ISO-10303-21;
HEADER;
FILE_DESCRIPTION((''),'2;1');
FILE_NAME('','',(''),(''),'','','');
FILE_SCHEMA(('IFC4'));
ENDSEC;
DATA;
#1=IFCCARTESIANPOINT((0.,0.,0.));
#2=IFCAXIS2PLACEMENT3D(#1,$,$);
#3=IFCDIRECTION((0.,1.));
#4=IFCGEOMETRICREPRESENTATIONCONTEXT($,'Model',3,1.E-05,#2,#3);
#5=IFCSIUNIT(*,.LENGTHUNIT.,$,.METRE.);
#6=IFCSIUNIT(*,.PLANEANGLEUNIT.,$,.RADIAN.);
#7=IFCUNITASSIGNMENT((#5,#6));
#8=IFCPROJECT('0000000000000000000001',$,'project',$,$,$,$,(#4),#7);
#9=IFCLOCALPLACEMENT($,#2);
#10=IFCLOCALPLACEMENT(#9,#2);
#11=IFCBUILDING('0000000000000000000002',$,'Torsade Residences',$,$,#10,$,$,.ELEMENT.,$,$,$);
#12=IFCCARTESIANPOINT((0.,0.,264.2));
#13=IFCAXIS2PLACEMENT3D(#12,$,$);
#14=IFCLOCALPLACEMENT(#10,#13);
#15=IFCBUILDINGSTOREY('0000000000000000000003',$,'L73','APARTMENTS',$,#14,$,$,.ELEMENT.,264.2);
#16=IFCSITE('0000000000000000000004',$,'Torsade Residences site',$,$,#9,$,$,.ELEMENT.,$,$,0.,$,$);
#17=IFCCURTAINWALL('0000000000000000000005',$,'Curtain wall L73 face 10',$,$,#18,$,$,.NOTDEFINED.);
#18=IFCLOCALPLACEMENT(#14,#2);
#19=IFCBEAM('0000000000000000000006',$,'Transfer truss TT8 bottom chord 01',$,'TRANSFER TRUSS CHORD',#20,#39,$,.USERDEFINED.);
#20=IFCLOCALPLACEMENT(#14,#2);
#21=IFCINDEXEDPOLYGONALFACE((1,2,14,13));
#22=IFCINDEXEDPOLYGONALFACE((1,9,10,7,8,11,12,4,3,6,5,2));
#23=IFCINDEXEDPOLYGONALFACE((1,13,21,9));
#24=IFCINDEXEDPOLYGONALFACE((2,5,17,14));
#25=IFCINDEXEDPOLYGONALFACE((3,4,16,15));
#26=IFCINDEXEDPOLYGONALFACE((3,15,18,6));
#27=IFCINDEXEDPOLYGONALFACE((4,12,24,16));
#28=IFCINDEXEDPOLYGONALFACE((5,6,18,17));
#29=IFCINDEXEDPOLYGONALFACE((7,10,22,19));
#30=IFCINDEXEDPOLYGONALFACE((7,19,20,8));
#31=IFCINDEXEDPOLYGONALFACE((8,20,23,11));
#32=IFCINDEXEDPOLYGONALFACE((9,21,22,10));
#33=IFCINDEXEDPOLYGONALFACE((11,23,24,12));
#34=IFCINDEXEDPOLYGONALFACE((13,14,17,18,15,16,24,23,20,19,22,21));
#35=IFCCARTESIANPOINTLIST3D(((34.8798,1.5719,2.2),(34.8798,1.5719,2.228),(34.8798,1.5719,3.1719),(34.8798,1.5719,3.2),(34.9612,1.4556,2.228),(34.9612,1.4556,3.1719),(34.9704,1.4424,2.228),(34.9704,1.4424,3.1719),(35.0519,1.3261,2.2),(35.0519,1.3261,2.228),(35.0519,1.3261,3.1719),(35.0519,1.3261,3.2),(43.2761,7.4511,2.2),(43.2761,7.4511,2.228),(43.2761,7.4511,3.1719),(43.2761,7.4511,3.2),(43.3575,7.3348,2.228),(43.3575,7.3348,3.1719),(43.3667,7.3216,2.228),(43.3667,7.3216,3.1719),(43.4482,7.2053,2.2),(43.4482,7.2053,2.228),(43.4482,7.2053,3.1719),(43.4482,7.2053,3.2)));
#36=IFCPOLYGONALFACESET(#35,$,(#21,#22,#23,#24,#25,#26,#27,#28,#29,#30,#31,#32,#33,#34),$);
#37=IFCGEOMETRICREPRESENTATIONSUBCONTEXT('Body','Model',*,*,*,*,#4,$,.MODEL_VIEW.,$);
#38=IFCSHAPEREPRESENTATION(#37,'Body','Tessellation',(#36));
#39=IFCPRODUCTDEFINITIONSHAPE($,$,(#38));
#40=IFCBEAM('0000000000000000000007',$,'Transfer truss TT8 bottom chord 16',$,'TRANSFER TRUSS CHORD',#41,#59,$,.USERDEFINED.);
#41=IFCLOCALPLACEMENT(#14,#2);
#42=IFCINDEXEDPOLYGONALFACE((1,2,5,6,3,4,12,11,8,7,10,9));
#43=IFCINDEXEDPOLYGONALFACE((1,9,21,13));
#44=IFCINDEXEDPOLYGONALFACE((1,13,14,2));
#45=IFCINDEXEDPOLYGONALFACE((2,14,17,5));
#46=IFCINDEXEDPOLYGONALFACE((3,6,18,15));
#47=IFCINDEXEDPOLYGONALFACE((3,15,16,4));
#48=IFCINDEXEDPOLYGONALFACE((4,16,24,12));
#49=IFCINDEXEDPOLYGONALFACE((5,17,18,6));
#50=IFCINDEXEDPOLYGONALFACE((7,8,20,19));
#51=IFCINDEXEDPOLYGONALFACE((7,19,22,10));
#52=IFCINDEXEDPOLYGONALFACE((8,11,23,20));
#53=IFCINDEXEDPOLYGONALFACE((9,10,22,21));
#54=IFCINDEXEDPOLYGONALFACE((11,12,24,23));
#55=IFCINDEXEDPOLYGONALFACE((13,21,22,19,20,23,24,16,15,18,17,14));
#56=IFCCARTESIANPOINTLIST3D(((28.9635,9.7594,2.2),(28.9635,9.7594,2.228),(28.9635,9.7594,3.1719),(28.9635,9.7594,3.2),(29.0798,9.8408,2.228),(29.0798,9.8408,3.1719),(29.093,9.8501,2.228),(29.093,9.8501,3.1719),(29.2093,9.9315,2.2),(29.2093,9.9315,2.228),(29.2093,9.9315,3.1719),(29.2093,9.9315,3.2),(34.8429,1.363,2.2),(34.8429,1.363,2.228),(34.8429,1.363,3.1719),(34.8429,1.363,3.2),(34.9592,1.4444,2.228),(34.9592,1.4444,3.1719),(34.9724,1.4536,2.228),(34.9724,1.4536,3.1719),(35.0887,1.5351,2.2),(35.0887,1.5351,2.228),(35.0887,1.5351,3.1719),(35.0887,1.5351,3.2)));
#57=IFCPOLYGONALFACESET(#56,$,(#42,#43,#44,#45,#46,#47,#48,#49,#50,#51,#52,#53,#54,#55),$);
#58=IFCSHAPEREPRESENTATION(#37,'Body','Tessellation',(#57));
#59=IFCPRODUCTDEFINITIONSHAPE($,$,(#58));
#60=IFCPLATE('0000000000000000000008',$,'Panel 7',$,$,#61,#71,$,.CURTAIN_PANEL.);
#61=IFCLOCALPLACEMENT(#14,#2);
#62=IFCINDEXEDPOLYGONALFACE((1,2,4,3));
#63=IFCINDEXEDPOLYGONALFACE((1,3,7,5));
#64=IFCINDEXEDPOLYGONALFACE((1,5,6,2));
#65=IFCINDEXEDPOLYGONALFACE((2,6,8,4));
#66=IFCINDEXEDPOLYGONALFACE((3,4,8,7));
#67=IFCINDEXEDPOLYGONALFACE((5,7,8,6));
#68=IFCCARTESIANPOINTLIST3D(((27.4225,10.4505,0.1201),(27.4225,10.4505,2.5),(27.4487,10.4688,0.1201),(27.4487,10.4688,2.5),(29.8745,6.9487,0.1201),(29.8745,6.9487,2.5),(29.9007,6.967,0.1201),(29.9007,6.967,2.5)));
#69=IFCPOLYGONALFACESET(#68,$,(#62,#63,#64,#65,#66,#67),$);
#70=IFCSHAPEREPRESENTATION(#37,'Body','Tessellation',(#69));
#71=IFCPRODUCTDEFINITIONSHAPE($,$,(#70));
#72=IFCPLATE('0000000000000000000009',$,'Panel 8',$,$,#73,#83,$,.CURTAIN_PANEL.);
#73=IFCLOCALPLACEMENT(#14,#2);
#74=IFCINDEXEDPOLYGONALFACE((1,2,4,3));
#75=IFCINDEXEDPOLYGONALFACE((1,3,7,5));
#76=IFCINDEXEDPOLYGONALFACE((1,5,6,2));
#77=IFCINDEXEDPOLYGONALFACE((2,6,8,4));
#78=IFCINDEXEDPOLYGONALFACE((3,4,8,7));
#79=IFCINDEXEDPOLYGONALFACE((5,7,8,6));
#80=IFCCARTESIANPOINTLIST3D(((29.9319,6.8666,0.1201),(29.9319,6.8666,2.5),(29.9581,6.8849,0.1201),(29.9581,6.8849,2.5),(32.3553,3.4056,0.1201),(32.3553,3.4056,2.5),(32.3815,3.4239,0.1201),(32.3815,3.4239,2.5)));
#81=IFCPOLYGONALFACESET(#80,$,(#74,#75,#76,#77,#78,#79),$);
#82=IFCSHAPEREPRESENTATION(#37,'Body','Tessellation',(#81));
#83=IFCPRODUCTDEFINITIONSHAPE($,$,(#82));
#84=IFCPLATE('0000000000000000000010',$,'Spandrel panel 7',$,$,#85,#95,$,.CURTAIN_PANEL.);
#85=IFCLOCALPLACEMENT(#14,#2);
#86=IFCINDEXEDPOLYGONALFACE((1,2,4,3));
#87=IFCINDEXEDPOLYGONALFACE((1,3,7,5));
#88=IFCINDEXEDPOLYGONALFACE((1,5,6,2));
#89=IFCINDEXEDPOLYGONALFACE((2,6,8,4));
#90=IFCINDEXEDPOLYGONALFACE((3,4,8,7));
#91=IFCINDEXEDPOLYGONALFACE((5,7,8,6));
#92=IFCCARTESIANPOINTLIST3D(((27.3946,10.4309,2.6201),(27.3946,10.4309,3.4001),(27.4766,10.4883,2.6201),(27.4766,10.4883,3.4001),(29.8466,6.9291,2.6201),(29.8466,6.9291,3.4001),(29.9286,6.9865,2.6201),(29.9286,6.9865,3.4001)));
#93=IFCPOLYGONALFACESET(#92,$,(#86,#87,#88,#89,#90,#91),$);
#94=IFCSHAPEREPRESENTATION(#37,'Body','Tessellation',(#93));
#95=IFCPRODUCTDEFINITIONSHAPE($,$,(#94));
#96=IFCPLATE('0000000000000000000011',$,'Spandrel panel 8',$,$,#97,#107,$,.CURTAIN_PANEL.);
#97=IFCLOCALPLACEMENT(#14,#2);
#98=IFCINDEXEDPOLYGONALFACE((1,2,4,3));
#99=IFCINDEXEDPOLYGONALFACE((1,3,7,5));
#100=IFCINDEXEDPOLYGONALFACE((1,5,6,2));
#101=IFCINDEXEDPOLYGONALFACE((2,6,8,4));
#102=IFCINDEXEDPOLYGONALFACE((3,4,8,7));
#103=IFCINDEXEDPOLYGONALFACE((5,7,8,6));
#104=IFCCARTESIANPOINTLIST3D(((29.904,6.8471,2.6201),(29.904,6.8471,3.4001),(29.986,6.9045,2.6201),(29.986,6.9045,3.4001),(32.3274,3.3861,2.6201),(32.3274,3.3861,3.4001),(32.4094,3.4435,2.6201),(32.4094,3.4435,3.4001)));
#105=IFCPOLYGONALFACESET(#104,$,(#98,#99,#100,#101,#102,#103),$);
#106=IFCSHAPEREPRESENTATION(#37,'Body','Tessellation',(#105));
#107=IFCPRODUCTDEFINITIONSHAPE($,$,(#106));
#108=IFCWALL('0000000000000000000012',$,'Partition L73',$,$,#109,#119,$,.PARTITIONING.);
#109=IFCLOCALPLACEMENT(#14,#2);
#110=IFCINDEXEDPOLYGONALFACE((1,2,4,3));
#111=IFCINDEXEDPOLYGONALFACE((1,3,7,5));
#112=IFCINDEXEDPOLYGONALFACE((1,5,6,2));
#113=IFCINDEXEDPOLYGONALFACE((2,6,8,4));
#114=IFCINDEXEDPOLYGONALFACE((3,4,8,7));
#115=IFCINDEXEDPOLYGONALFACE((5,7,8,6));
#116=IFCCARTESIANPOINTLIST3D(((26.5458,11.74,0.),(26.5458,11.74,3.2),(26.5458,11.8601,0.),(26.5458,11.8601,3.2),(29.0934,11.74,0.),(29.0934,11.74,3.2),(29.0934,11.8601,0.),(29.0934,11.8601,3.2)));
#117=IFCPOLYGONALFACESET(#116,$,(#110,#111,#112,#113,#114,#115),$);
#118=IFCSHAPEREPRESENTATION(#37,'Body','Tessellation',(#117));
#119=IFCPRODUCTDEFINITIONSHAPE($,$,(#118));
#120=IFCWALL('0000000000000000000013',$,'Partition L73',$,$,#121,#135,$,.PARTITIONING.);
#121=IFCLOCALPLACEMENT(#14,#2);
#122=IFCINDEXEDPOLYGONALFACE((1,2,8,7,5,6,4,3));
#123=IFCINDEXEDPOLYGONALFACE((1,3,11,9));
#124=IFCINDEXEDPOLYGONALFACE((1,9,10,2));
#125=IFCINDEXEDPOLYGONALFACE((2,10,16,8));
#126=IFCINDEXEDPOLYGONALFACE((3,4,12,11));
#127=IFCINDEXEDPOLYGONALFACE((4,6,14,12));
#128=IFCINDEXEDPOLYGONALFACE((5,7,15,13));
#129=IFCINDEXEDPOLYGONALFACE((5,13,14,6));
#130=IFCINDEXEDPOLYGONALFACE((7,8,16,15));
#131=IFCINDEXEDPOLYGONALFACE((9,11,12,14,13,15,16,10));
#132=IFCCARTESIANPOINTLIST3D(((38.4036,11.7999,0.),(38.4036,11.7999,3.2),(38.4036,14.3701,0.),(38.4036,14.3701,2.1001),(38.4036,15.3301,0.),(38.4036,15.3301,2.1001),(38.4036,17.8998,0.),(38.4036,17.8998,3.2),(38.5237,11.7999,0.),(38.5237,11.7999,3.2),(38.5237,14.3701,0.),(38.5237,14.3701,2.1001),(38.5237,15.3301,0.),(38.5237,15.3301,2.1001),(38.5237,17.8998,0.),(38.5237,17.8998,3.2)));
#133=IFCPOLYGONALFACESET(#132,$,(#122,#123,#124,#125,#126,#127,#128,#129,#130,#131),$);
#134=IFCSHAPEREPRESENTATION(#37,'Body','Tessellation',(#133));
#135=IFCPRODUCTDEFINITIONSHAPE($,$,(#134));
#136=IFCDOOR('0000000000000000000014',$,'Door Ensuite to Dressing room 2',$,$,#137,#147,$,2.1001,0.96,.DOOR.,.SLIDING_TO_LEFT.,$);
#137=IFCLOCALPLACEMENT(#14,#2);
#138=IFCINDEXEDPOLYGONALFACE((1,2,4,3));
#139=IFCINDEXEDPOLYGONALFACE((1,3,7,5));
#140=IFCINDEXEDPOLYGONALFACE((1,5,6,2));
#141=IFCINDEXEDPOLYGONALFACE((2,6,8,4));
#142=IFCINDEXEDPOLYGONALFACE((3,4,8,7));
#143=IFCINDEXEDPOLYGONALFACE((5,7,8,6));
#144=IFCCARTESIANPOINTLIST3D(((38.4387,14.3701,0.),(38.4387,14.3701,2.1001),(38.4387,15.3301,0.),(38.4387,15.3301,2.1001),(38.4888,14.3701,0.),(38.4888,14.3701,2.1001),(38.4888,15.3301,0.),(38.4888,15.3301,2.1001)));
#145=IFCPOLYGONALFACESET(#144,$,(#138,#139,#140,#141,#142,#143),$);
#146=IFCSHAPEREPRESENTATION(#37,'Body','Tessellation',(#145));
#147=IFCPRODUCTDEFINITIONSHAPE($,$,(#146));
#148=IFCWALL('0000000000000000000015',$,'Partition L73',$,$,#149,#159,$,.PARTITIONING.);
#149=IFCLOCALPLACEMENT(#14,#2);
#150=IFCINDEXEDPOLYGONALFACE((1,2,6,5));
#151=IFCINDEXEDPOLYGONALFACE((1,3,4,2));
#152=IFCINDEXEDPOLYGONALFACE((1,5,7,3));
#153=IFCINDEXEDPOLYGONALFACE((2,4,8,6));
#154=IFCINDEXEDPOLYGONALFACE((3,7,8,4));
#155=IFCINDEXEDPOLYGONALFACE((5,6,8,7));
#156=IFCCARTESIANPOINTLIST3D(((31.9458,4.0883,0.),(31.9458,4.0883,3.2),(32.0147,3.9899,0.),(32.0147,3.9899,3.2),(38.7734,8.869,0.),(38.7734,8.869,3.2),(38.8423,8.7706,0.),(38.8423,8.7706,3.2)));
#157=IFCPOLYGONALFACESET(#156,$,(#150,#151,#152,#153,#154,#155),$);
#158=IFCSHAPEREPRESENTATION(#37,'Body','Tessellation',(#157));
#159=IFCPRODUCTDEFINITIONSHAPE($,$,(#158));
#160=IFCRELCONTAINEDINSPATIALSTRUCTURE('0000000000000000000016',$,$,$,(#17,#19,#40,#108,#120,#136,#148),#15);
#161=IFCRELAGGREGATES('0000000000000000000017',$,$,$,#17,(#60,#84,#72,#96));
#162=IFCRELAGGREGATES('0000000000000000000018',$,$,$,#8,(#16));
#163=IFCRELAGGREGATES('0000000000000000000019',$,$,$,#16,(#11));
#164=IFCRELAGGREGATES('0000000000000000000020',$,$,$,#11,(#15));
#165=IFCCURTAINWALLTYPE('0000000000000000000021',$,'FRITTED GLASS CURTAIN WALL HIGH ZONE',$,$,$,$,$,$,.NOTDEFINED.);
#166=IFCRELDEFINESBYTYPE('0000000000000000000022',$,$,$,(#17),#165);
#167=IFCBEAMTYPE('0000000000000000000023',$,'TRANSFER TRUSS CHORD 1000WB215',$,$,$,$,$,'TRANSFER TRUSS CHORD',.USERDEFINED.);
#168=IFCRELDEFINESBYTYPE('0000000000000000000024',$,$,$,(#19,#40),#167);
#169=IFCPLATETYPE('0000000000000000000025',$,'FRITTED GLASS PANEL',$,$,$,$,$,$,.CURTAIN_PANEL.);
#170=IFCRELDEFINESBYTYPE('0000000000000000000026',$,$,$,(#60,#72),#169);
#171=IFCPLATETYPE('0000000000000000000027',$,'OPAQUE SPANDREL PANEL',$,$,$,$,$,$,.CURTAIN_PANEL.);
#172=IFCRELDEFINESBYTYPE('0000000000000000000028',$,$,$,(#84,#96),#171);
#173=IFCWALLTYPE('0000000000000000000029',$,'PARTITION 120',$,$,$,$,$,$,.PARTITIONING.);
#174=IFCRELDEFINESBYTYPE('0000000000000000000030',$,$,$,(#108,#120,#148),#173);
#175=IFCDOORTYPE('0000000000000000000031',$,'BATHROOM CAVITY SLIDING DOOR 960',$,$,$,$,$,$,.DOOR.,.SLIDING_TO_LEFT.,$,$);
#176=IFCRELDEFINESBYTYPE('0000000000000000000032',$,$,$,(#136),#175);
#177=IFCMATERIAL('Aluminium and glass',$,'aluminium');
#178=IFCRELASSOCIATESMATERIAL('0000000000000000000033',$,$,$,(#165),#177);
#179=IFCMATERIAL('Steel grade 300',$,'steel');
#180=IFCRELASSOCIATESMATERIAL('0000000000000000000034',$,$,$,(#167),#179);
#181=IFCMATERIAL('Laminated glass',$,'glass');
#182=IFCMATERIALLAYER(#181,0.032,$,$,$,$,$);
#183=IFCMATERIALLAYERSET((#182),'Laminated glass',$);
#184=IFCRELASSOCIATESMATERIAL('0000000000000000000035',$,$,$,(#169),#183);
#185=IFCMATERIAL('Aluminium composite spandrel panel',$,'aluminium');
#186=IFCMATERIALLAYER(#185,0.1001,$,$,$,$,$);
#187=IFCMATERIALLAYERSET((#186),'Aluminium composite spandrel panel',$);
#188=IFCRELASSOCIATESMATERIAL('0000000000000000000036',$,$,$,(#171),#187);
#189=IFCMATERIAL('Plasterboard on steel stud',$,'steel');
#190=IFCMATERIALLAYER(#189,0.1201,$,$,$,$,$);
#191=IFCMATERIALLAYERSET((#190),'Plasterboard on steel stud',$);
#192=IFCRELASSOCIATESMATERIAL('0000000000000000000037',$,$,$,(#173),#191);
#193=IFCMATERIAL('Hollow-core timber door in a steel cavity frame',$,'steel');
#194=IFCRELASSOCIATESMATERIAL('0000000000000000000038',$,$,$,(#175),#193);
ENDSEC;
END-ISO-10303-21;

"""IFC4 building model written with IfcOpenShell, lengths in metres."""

from ifc_helpers import new_model, si_unit, direction, frame, frame_2d, origin, origin_2d, place, context, subcontext, project, spatial, rectangle, i_section, extrude, material, layer, layer_set, material_profile, profile_set, type_object, element, fill, aggregate, save


model = new_model("IFC4")

# Units and contexts
model_context = context("Model", 3, precision=1e-05, world=origin(), true_north=direction((0.0, 1.0)))
body_context = subcontext(model_context, "Body", "Model", "MODEL_VIEW")
ifc_project = project(units=[si_unit("LENGTHUNIT", "METRE"), si_unit("PLANEANGLEUNIT", "RADIAN")], contexts=[model_context])

# Site, building, storey
site_placement = place(None, origin())
site = spatial("IfcSite", under=ifc_project, at=site_placement, Name="Torsade Residences site", CompositionType="ELEMENT", RefElevation=0.0)
building_placement = place(site_placement, origin())
building = spatial("IfcBuilding", under=site, at=building_placement, Name="Torsade Residences", CompositionType="ELEMENT")
storey_placement = place(building_placement, frame((0.0, 0.0, 264.2)))
storey = spatial("IfcBuildingStorey", under=building, at=storey_placement, Name="L73", Description="APARTMENTS", CompositionType="ELEMENT", Elevation=264.2)

# Shared definitions
ifc_material_1 = material(Name="Aluminium and glass", Category="aluminium")
curtain_wall_type = type_object("IfcCurtainWallType", Name="FRITTED GLASS CURTAIN WALL HIGH ZONE", PredefinedType="NOTDEFINED", material=ifc_material_1)

# Curtain wall
curtain_wall_1_placement = place(storey_placement, origin())
curtain_wall_1 = element("IfcCurtainWall", 1, at=curtain_wall_1_placement, inside=storey, type_object=curtain_wall_type, Name="Curtain wall L73 face 10", PredefinedType="NOTDEFINED")

# Beams
ifc_material_2 = material(Name="Steel grade 300", Category="steel")
ifc_material_profile_1 = material_profile(ifc_material_2, i_section(OverallWidth=0.3, OverallDepth=1.0, WebThickness=0.0161, FlangeThickness=0.0281, at=origin_2d()), Name="1000WB215")
ifc_profile_set_1 = profile_set([ifc_material_profile_1], Name="Steel grade 300")
beam_type_1 = type_object("IfcBeamType", Name="TRANSFER TRUSS CHORD 1000WB215", ElementType="TRANSFER TRUSS CHORD", PredefinedType="USERDEFINED", material=ifc_profile_set_1)
beam_1_placement = place(storey_placement, frame((34.9658, 1.449, 2.7), z_axis=(0.81915, 0.573579, 0.0), x_axis=(-0.573579, 0.81915, 0.0)))
element("IfcBeam", 2, at=beam_1_placement, inside=storey, type_object=beam_type_1, Name="Transfer truss TT8 bottom chord 01", ObjectType="TRANSFER TRUSS CHORD", PredefinedType="USERDEFINED", context=body_context, shape_type="SweptSolid", body=[
    extrude(i_section(OverallWidth=0.3, OverallDepth=1.0, WebThickness=0.0161, FlangeThickness=0.0281, at=origin_2d()), origin(), (0.0, 0.0, 1.0), 10.25),
])
beam_2_placement = place(storey_placement, frame((29.0864, 9.8455, 2.7), z_axis=(0.573584, -0.819147, 0.0), x_axis=(0.819147, 0.573584, 0.0)))
element("IfcBeam", 3, at=beam_2_placement, inside=storey, type_object=beam_type_1, Name="Transfer truss TT8 bottom chord 16", ObjectType="TRANSFER TRUSS CHORD", PredefinedType="USERDEFINED", context=body_context, shape_type="SweptSolid", body=[
    extrude(i_section(OverallWidth=0.3, OverallDepth=1.0, WebThickness=0.0161, FlangeThickness=0.0281, at=origin_2d()), origin(), (0.0, 0.0, 1.0), 10.2502),
])

# Plates
ifc_material_3 = material(Name="Laminated glass", Category="glass")
ifc_layer_1 = layer(ifc_material_3, 0.032)
ifc_layer_set_1 = layer_set([ifc_layer_1], Name="Laminated glass")
plate_type_1 = type_object("IfcPlateType", Name="FRITTED GLASS PANEL", PredefinedType="CURTAIN_PANEL", material=ifc_layer_set_1)
plate_1_placement = place(storey_placement, frame((28.6616, 8.7087, 0.1201), z_axis=(0.0, 0.0, 1.0), x_axis=(0.573576, -0.819152, 0.0)))
plate_1 = element("IfcPlate", 4, at=plate_1_placement, type_object=plate_type_1, Name="Panel 7", PredefinedType="CURTAIN_PANEL", context=body_context, shape_type="SweptSolid", body=[
    extrude(rectangle(XDim=4.2749, YDim=0.032, at=origin_2d()), origin(), (0.0, 0.0, 1.0), 2.3799),
])
plate_2_placement = place(storey_placement, frame((31.1567, 5.1453, 0.1201), z_axis=(0.0, 0.0, 1.0), x_axis=(0.573576, -0.819152, 0.0)))
plate_2 = element("IfcPlate", 5, at=plate_2_placement, type_object=plate_type_1, Name="Panel 8", PredefinedType="CURTAIN_PANEL", context=body_context, shape_type="SweptSolid", body=[
    extrude(rectangle(XDim=4.2251, YDim=0.032, at=origin_2d()), origin(), (0.0, 0.0, 1.0), 2.3799),
])
ifc_material_4 = material(Name="Aluminium composite spandrel panel", Category="aluminium")
ifc_layer_2 = layer(ifc_material_4, 0.1001)
ifc_layer_set_2 = layer_set([ifc_layer_2], Name="Aluminium composite spandrel panel")
plate_type_2 = type_object("IfcPlateType", Name="OPAQUE SPANDREL PANEL", PredefinedType="CURTAIN_PANEL", material=ifc_layer_set_2)
plate_3_placement = place(storey_placement, frame((28.6616, 8.7087, 2.6201), z_axis=(0.0, 0.0, 1.0), x_axis=(0.573576, -0.819152, 0.0)))
plate_3 = element("IfcPlate", 6, at=plate_3_placement, type_object=plate_type_2, Name="Spandrel panel 7", PredefinedType="CURTAIN_PANEL", context=body_context, shape_type="SweptSolid", body=[
    extrude(rectangle(XDim=4.2749, YDim=0.1001, at=origin_2d()), origin(), (0.0, 0.0, 1.0), 0.78),
])
plate_4_placement = place(storey_placement, frame((31.1567, 5.1453, 2.6201), z_axis=(0.0, 0.0, 1.0), x_axis=(0.573576, -0.819152, 0.0)))
plate_4 = element("IfcPlate", 7, at=plate_4_placement, type_object=plate_type_2, Name="Spandrel panel 8", PredefinedType="CURTAIN_PANEL", context=body_context, shape_type="SweptSolid", body=[
    extrude(rectangle(XDim=4.2251, YDim=0.1001, at=origin_2d()), origin(), (0.0, 0.0, 1.0), 0.78),
])
aggregate(curtain_wall_1, [plate_1, plate_3, plate_2, plate_4])

# Wall
ifc_material_5 = material(Name="Plasterboard on steel stud", Category="steel")
ifc_layer_3 = layer(ifc_material_5, 0.1201)
ifc_layer_set_3 = layer_set([ifc_layer_3], Name="Plasterboard on steel stud")
wall_type_1 = type_object("IfcWallType", Name="PARTITION 120", PredefinedType="PARTITIONING", material=ifc_layer_set_3)
wall_1_placement = place(storey_placement, frame((29.0935, 11.8, 0.0), z_axis=(0.0, 0.0, 1.0), x_axis=(-1.0, 0.0, 0.0)))
element("IfcWall", 8, at=wall_1_placement, inside=storey, type_object=wall_type_1, Name="Partition L73", PredefinedType="PARTITIONING", context=body_context, shape_type="SweptSolid", body=[
    extrude(rectangle(XDim=2.5476, YDim=0.1201, at=frame_2d((1.2739, 0.0))), origin(), (0.0, 0.0, 1.0), 3.2),
])

# Wall, opening, door
wall_2_placement = place(storey_placement, frame((38.4636, 11.8, 0.0), z_axis=(0.0, 0.0, 1.0), x_axis=(0.0, 1.0, 0.0)))
wall_2 = element("IfcWall", 9, at=wall_2_placement, inside=storey, type_object=wall_type_1, Name="Partition L73", PredefinedType="PARTITIONING", context=body_context, shape_type="SweptSolid", body=[
    extrude(rectangle(XDim=6.0999, YDim=0.1201, at=frame_2d((3.0498, 0.0))), origin(), (0.0, 0.0, 1.0), 3.2),
])
opening_1_placement = place(wall_2_placement, frame((2.5701, 0.0, 0.0)))
opening_1 = element("IfcOpeningElement", 10, at=opening_1_placement, cuts=wall_2, PredefinedType="OPENING", context=body_context, shape_type="SweptSolid", body=[
    extrude(rectangle(XDim=0.96, YDim=2.1001, at=frame_2d((0.48, 1.05))), frame((0.0, 0.0701, 0.0), z_axis=(0.0, -1.0, 0.0), x_axis=(1.0, 0.0, 0.0)), (0.0, 0.0, 1.0), 0.1401),
])
ifc_material_6 = material(Name="Hollow-core timber door in a steel cavity frame", Category="steel")
door_type_1 = type_object("IfcDoorType", Name="BATHROOM CAVITY SLIDING DOOR 960", OperationType="SLIDING_TO_LEFT", PredefinedType="DOOR", material=ifc_material_6)
door_1_placement = place(opening_1_placement, origin())
door_1 = element("IfcDoor", 11, at=door_1_placement, inside=storey, type_object=door_type_1, Name="Door Ensuite to Dressing room 2", OperationType="SLIDING_TO_LEFT", OverallHeight=2.1001, OverallWidth=0.96, PredefinedType="DOOR", context=body_context, shape_type="SweptSolid", body=[
    extrude(rectangle(XDim=0.96, YDim=2.1001, at=frame_2d((0.48, 1.05))), frame((0.0, 0.0249, 0.0), z_axis=(0.0, -1.0, 0.0), x_axis=(1.0, 0.0, 0.0)), (0.0, 0.0, 1.0), 0.05),
])
fill(opening_1, door_1)

# Wall
wall_3_placement = place(storey_placement, frame((38.8079, 8.8198, 0.0), z_axis=(0.0, 0.0, 1.0), x_axis=(-0.819152, -0.573576, 0.0)))
element("IfcWall", 12, at=wall_3_placement, inside=storey, type_object=wall_type_1, Name="Partition L73", PredefinedType="PARTITIONING", context=body_context, shape_type="SweptSolid", body=[
    extrude(rectangle(XDim=8.335, YDim=0.1201, at=frame_2d((4.1675, 0.0))), origin(), (0.0, 0.0, 1.0), 3.2),
])

save(model, "model.ifc")
